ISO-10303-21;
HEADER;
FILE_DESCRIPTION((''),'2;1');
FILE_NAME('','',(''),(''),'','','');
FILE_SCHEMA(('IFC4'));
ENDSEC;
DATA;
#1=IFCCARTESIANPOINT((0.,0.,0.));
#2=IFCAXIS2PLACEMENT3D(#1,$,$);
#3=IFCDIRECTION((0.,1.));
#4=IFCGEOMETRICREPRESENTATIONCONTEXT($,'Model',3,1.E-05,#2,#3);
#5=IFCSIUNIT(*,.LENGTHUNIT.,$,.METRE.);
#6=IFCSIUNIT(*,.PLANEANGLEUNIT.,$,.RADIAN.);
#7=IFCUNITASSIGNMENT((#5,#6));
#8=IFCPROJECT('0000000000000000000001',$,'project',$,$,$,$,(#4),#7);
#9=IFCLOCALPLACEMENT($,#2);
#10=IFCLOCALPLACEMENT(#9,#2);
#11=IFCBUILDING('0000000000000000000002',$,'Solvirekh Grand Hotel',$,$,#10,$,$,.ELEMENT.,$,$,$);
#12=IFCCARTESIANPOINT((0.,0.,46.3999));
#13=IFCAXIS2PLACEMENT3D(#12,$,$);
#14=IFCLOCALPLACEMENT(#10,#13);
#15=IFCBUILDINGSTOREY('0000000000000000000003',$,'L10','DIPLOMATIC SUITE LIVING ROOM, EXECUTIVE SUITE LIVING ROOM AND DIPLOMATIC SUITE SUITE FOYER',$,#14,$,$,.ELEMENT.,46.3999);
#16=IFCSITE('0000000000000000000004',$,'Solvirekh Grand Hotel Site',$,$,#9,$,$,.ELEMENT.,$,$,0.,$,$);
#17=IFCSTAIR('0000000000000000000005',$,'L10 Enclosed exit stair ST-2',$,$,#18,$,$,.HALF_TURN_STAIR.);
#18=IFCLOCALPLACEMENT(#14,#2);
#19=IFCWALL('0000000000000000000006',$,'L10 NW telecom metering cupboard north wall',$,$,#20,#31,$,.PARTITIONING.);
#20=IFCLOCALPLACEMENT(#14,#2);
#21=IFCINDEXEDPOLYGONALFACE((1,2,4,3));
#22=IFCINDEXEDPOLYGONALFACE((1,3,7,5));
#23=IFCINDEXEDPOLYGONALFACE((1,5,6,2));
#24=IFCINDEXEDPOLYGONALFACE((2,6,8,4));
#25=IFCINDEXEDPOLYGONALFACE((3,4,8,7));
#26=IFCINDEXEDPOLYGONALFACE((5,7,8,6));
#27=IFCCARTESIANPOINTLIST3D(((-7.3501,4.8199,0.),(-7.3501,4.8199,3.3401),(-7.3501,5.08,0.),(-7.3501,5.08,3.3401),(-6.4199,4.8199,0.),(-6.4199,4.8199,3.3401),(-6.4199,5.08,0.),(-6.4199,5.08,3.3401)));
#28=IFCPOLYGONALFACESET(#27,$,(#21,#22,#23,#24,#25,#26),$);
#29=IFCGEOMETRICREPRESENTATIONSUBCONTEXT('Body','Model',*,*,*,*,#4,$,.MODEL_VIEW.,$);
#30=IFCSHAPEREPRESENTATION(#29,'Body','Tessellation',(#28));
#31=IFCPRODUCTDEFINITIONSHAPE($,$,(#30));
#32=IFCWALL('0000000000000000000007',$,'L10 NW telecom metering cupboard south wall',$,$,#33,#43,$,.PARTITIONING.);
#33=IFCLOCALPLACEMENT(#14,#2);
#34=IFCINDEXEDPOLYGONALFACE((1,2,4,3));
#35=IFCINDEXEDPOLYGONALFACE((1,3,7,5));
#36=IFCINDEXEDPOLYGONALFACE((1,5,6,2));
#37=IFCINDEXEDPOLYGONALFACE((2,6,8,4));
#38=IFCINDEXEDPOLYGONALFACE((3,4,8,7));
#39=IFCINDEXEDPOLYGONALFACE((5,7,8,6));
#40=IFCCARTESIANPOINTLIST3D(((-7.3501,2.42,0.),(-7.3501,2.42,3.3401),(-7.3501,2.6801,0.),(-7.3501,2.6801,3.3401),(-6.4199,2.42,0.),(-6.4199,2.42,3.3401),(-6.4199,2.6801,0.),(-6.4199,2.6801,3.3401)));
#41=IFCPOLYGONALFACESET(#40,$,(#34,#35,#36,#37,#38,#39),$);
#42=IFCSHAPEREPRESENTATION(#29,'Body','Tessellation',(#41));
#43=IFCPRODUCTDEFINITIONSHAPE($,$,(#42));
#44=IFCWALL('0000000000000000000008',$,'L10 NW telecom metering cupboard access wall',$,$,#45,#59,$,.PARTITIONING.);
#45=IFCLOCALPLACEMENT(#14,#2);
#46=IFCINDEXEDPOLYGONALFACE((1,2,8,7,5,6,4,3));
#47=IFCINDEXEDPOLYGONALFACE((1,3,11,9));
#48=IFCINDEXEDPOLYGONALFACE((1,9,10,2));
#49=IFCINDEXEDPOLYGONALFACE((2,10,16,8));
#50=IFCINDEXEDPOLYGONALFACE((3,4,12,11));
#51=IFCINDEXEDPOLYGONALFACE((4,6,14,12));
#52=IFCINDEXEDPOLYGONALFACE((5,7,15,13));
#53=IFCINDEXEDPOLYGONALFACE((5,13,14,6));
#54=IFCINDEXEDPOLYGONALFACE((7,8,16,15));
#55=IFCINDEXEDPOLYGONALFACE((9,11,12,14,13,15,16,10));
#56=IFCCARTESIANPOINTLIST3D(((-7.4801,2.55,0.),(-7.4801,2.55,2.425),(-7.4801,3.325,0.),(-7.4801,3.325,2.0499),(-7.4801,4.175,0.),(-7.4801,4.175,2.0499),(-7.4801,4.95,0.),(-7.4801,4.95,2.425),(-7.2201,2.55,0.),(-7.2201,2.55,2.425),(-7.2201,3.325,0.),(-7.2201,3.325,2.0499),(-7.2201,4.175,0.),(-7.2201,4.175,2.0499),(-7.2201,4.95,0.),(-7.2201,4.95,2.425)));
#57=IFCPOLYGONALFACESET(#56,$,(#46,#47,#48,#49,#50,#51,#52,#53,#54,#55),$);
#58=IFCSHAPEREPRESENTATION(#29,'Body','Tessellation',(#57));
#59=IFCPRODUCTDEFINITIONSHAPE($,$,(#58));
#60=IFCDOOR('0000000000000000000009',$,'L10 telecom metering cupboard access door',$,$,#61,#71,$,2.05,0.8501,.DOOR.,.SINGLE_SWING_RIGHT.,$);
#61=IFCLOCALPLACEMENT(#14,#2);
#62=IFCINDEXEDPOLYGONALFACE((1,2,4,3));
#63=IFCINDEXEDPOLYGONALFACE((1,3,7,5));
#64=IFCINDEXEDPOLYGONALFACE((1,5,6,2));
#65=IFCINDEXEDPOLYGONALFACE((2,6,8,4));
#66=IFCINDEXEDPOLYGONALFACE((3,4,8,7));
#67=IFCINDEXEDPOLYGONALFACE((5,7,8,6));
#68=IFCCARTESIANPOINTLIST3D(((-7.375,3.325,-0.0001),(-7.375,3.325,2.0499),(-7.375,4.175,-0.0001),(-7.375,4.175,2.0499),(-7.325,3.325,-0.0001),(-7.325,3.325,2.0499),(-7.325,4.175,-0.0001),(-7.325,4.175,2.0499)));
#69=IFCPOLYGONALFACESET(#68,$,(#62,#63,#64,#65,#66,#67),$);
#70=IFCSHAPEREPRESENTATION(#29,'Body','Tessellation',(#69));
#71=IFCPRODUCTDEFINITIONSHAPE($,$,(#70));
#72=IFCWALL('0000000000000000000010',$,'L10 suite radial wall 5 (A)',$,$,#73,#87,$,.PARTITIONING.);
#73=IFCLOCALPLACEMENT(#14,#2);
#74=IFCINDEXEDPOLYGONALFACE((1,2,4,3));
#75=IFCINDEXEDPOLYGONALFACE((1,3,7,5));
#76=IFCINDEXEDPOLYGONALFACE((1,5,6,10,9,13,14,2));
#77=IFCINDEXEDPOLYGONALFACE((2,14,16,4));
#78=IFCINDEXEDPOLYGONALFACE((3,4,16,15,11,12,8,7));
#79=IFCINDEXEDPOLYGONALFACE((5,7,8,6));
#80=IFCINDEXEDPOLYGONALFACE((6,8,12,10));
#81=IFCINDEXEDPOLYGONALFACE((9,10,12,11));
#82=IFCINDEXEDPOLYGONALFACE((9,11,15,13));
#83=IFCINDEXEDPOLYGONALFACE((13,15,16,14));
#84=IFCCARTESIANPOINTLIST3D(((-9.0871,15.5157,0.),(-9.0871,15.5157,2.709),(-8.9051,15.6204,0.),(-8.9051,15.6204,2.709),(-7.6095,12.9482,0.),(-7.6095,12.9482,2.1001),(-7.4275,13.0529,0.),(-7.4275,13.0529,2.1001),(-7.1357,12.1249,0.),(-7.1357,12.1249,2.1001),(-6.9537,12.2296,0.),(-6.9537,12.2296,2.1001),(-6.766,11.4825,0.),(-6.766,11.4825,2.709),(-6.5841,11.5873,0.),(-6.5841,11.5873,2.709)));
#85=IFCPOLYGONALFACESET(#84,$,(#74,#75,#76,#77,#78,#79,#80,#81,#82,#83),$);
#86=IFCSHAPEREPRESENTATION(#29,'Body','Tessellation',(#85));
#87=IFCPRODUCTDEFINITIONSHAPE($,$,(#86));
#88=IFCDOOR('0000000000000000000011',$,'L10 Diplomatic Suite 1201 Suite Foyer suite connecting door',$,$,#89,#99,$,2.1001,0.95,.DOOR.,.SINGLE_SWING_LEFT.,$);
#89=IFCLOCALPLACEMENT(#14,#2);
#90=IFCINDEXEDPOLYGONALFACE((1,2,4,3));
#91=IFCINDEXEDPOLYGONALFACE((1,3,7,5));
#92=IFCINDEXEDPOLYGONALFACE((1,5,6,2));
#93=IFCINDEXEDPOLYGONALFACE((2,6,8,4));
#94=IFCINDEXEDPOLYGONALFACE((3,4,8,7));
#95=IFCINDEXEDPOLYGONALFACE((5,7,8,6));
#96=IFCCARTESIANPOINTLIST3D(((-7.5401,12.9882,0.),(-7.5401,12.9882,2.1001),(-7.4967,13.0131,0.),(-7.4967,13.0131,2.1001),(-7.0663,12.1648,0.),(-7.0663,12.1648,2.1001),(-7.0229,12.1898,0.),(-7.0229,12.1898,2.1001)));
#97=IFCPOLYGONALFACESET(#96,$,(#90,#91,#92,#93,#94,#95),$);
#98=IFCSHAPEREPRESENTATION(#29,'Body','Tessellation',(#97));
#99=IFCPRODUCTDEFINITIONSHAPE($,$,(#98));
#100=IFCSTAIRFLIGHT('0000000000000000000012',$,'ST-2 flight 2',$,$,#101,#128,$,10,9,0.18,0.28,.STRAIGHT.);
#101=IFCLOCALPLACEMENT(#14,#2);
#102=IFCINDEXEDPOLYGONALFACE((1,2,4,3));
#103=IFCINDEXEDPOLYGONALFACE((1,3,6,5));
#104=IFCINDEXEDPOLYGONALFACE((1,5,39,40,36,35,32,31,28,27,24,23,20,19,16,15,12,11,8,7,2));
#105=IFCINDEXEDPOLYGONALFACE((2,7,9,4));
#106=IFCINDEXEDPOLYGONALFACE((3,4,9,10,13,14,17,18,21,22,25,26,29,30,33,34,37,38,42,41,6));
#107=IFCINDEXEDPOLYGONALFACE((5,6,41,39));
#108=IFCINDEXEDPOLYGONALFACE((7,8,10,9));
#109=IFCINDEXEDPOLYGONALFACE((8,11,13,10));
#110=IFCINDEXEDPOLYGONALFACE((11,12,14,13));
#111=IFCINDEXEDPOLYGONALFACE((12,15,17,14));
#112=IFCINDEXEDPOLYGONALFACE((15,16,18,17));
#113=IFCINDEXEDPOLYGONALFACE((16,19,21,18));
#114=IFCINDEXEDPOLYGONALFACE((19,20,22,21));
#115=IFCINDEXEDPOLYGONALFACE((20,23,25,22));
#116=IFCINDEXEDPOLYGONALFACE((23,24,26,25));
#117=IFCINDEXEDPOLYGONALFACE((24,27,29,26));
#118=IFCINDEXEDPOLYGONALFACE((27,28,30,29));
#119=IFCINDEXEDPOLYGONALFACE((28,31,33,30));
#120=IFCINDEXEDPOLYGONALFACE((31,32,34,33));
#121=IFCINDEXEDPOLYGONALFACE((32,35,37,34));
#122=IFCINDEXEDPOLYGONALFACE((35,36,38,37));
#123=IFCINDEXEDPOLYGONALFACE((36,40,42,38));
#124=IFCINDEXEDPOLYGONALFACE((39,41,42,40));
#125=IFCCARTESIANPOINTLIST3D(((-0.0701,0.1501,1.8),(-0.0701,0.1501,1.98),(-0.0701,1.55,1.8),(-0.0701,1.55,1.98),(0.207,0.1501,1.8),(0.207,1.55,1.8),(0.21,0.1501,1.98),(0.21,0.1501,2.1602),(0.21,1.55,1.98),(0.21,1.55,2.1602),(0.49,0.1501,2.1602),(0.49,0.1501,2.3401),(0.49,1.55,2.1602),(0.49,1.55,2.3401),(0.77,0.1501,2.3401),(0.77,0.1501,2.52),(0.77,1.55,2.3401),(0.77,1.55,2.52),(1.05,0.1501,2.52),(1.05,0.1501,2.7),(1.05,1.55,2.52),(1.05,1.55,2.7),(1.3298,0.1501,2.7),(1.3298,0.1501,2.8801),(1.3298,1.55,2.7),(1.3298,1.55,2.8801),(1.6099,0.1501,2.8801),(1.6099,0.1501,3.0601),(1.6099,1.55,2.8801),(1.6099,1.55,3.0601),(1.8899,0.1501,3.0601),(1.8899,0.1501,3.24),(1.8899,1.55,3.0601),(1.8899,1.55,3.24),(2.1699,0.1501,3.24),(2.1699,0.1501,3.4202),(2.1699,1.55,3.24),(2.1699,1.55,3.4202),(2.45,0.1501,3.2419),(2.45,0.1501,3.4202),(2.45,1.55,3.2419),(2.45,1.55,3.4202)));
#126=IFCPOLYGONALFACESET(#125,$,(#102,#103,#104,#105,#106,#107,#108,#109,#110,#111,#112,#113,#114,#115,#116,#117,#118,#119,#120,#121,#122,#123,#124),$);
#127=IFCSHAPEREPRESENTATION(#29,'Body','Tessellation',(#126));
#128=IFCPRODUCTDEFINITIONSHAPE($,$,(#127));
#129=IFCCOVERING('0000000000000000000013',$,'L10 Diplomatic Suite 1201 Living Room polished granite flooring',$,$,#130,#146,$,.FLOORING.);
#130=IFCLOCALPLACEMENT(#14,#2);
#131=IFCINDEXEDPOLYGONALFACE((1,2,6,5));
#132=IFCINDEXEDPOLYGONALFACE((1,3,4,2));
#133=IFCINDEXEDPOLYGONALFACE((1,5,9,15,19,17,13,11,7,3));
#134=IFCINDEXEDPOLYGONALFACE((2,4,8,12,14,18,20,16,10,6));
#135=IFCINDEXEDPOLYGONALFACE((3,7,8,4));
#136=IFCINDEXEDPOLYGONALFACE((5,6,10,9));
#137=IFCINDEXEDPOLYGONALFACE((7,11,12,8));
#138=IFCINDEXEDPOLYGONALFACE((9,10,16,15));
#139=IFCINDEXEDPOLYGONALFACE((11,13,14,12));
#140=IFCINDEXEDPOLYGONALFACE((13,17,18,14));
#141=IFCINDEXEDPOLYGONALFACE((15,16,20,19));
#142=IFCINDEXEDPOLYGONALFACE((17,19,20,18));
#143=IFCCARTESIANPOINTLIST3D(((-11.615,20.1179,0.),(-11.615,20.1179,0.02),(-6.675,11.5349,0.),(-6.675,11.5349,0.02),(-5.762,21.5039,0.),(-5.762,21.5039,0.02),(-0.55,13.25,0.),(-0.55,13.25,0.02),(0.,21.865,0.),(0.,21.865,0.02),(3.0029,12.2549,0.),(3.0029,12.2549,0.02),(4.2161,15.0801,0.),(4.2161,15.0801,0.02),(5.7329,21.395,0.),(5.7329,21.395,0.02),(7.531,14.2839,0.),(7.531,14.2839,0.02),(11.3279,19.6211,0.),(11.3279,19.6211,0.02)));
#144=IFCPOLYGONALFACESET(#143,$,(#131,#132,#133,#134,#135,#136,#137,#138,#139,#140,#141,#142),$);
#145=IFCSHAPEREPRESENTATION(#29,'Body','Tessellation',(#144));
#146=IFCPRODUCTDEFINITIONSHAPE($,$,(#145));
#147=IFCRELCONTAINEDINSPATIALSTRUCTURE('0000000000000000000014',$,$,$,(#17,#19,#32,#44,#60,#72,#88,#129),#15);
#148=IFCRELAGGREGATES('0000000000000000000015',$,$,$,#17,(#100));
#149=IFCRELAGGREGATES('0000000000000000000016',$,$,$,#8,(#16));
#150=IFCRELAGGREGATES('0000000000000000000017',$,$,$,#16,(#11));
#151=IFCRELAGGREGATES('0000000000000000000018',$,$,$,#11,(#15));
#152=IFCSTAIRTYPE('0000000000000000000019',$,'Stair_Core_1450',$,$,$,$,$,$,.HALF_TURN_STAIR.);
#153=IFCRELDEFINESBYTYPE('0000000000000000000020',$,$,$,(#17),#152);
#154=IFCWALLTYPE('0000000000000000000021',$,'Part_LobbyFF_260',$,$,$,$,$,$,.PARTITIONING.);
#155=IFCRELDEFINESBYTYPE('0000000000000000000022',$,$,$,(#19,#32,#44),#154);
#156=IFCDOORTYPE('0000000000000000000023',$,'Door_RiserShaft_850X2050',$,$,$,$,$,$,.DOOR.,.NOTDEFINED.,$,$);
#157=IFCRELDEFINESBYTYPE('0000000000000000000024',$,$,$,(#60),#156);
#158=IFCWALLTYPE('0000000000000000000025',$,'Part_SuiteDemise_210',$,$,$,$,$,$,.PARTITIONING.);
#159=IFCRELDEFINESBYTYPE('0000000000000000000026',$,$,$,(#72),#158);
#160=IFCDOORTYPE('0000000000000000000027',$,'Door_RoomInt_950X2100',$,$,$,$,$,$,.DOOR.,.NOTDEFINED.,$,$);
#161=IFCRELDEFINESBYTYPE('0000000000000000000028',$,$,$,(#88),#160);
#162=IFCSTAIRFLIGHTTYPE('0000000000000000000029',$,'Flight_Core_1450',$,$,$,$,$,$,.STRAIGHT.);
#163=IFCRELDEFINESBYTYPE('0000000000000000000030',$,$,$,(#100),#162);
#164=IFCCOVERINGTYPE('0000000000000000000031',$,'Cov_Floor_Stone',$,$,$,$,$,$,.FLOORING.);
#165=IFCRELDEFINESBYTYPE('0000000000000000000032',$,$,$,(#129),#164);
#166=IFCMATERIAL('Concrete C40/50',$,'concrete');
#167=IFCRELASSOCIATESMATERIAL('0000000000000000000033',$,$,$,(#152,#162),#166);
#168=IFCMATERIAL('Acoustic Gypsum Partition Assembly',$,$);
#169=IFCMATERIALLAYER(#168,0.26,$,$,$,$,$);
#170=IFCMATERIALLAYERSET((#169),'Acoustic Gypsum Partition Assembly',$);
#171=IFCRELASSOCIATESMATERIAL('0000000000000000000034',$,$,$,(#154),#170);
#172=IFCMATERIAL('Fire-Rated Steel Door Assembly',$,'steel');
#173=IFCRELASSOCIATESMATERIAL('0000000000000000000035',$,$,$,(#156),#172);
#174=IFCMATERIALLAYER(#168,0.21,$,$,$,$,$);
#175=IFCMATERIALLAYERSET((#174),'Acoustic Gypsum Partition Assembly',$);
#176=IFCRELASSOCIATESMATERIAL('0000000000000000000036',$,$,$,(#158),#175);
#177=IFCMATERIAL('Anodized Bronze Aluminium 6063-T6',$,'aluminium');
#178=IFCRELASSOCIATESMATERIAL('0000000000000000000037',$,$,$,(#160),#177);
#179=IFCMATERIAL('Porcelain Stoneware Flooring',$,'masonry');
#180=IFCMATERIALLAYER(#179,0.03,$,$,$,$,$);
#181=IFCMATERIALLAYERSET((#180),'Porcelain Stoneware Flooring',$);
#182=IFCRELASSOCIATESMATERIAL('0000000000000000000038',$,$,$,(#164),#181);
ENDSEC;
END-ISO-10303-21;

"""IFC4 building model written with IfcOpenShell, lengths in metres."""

from ifc_helpers import new_model, si_unit, direction, frame, frame_2d, origin, place, context, subcontext, project, spatial, polyline, rectangle, outline, extrude, material, layer, layer_set, type_object, element, fill, aggregate, save


model = new_model("IFC4")

# Units and contexts
model_context = context("Model", 3, precision=1e-05, world=origin(), true_north=direction((0.0, 1.0)))
body_context = subcontext(model_context, "Body", "Model", "MODEL_VIEW")
ifc_project = project(units=[si_unit("LENGTHUNIT", "METRE"), si_unit("PLANEANGLEUNIT", "RADIAN")], contexts=[model_context])

# Site, building, storey
site_placement = place(None, origin())
site = spatial("IfcSite", under=ifc_project, at=site_placement, Name="Solvirekh Grand Hotel Site", CompositionType="ELEMENT", RefElevation=0.0)
building_placement = place(site_placement, origin())
building = spatial("IfcBuilding", under=site, at=building_placement, Name="Solvirekh Grand Hotel", CompositionType="ELEMENT")
storey_placement = place(building_placement, frame((0.0, 0.0, 46.3999)))
storey = spatial("IfcBuildingStorey", under=building, at=storey_placement, Name="L10", Description="DIPLOMATIC SUITE LIVING ROOM, EXECUTIVE SUITE LIVING ROOM AND DIPLOMATIC SUITE SUITE FOYER", CompositionType="ELEMENT", Elevation=46.3999)

# Stair
ifc_material_1 = material(Name="Concrete C40/50", Category="concrete")
stair_type = type_object("IfcStairType", Name="Stair_Core_1450", PredefinedType="HALF_TURN_STAIR", material=ifc_material_1)
stair_1_placement = place(storey_placement, origin())
stair_1 = element("IfcStair", 1, at=stair_1_placement, inside=storey, type_object=stair_type, Name="L10 Enclosed exit stair ST-2", PredefinedType="HALF_TURN_STAIR")

# Shared definitions
ifc_material_2 = material(Name="Fire-Rated Steel Door Assembly", Category="steel")

# Walls
ifc_material_3 = material(Name="Acoustic Gypsum Partition Assembly")
ifc_layer_1 = layer(ifc_material_3, 0.26)
ifc_layer_set_1 = layer_set([ifc_layer_1], Name="Acoustic Gypsum Partition Assembly")
wall_type_1 = type_object("IfcWallType", Name="Part_LobbyFF_260", PredefinedType="PARTITIONING", material=ifc_layer_set_1)
for number, where, z_axis, x_axis, name in (
    (2, (-7.3501, 4.95, 0.0), (0.0, 0.0, 1.0), (1.0, 0.0, 0.0), "L10 NW telecom metering cupboard north wall"),
    (3, (-7.3501, 2.55, 0.0), (0.0, 0.0, 1.0), (1.0, 0.0, 0.0), "L10 NW telecom metering cupboard south wall"),
):
    element("IfcWall", number, at=place(storey_placement, frame(where, z_axis=z_axis, x_axis=x_axis)), inside=storey, type_object=wall_type_1, Name=name, PredefinedType="PARTITIONING", context=body_context, shape_type="SweptSolid", body=[
        extrude(rectangle(XDim=0.9302, YDim=0.26, at=frame_2d((0.4651, 0.0))), origin(), (0.0, 0.0, 1.0), 3.3401),
    ])

# Walls, openings, doors
wall_1_placement = place(storey_placement, frame((-7.3501, 2.55, 0.0), z_axis=(0.0, 0.0, 1.0), x_axis=(0.0, 1.0, 0.0)))
wall_1 = element("IfcWall", 4, at=wall_1_placement, inside=storey, type_object=wall_type_1, Name="L10 NW telecom metering cupboard access wall", PredefinedType="PARTITIONING", context=body_context, shape_type="SweptSolid", body=[
    extrude(rectangle(XDim=2.3999, YDim=0.26, at=frame_2d((1.2, 0.0))), origin(), (0.0, 0.0, 1.0), 2.425),
])
opening_1_placement = place(wall_1_placement, frame((0.7749, 0.0, 0.0)))
opening_1 = element("IfcOpeningElement", 5, at=opening_1_placement, cuts=wall_1, PredefinedType="OPENING", context=body_context, shape_type="SweptSolid", body=[
    extrude(rectangle(XDim=0.8501, YDim=2.05, at=frame_2d((0.425, 1.0249))), frame((0.0, 0.1401, 0.0), z_axis=(0.0, -1.0, 0.0), x_axis=(1.0, 0.0, 0.0)), (0.0, 0.0, 1.0), 0.28),
])
door_type_1 = type_object("IfcDoorType", Name="Door_RiserShaft_850X2050", OperationType="NOTDEFINED", PredefinedType="DOOR", material=ifc_material_2)
door_1_placement = place(opening_1_placement, origin())
door_1 = element("IfcDoor", 6, at=door_1_placement, inside=storey, type_object=door_type_1, Name="L10 telecom metering cupboard access door", OperationType="SINGLE_SWING_RIGHT", OverallHeight=2.05, OverallWidth=0.8501, PredefinedType="DOOR", context=body_context, shape_type="SweptSolid", body=[
    extrude(rectangle(XDim=0.8501, YDim=2.05, at=frame_2d((0.425, 1.0249))), frame((0.0, 0.0249, 0.0), z_axis=(0.0, -1.0, 0.0), x_axis=(1.0, 0.0, 0.0)), (0.0, 0.0, 1.0), 0.05),
])
fill(opening_1, door_1)
ifc_layer_2 = layer(ifc_material_3, 0.21)
ifc_layer_set_2 = layer_set([ifc_layer_2], Name="Acoustic Gypsum Partition Assembly")
wall_type_2 = type_object("IfcWallType", Name="Part_SuiteDemise_210", PredefinedType="PARTITIONING", material=ifc_layer_set_2)
wall_2_placement = place(storey_placement, frame((-6.675, 11.5349, 0.0), z_axis=(0.0, 0.0, 1.0), x_axis=(-0.498787, 0.866725, 0.0)))
wall_2 = element("IfcWall", 7, at=wall_2_placement, inside=storey, type_object=wall_type_2, Name="L10 suite radial wall 5 (A)", PredefinedType="PARTITIONING", context=body_context, shape_type="SweptSolid", body=[
    extrude(rectangle(XDim=4.6533, YDim=0.21, at=frame_2d((2.3267, 0.0))), origin(), (0.0, 0.0, 1.0), 2.709),
])
opening_2_placement = place(wall_2_placement, frame((0.741, 0.0, 0.0)))
opening_2 = element("IfcOpeningElement", 8, at=opening_2_placement, cuts=wall_2, PredefinedType="OPENING", context=body_context, shape_type="SweptSolid", body=[
    extrude(rectangle(XDim=0.95, YDim=2.1001, at=frame_2d((0.4751, 1.05))), frame((0.0, 0.115, 0.0), z_axis=(0.0, -1.0, 0.0), x_axis=(1.0, 0.0, 0.0)), (0.0, 0.0, 1.0), 0.23),
])
ifc_material_4 = material(Name="Anodized Bronze Aluminium 6063-T6", Category="aluminium")
door_type_2 = type_object("IfcDoorType", Name="Door_RoomInt_950X2100", OperationType="NOTDEFINED", PredefinedType="DOOR", material=ifc_material_4)
door_2_placement = place(opening_2_placement, origin())
door_2 = element("IfcDoor", 9, at=door_2_placement, inside=storey, type_object=door_type_2, Name="L10 Diplomatic Suite 1201 Suite Foyer suite connecting door", OperationType="SINGLE_SWING_LEFT", OverallHeight=2.1001, OverallWidth=0.95, PredefinedType="DOOR", context=body_context, shape_type="SweptSolid", body=[
    extrude(rectangle(XDim=0.95, YDim=2.1001, at=frame_2d((0.4751, 1.05))), frame((0.0, 0.0249, 0.0), z_axis=(0.0, -1.0, 0.0), x_axis=(1.0, 0.0, 0.0)), (0.0, 0.0, 1.0), 0.05),
])
fill(opening_2, door_2)

# Stair flight
stair_flight_type = type_object("IfcStairFlightType", Name="Flight_Core_1450", PredefinedType="STRAIGHT", material=ifc_material_1)
stair_flight_placement = place(storey_placement, frame((-0.0701, 0.8501, 1.8), z_axis=(0.0, 0.0, 1.0), x_axis=(1.0, 0.0, 0.0)))
stair_flight = element("IfcStairFlight", 10, at=stair_flight_placement, type_object=stair_flight_type, Name="ST-2 flight 2", NumberOfRisers=10, NumberOfTreads=9, PredefinedType="STRAIGHT", RiserHeight=0.18, TreadLength=0.28, context=body_context, shape_type="SweptSolid", body=[
    extrude(outline(polyline([(0.0, 0.0), (0.0, 0.1799), (0.28, 0.1799), (0.28, 0.3601), (0.5601, 0.3601), (0.5601, 0.54), (0.8401, 0.54), (0.8401, 0.72), (1.1201, 0.72), (1.1201, 0.8999), (1.3999, 0.8999), (1.3999, 1.0801), (1.6799, 1.0801), (1.6799, 1.26), (1.96, 1.26), (1.96, 1.4399), (2.24, 1.4399), (2.24, 1.6201), (2.52, 1.6201), (2.52, 1.8), (2.52, 1.4419), (0.2771, 0.0), (0.0, 0.0)])), frame((0.0, 0.7, 0.0), z_axis=(0.0, -1.0, 0.0), x_axis=(1.0, 0.0, 0.0)), (0.0, 0.0, 1.0), 1.3999),
])
aggregate(stair_1, [stair_flight])

# Covering
ifc_material_5 = material(Name="Porcelain Stoneware Flooring", Category="masonry")
ifc_layer_3 = layer(ifc_material_5, 0.03)
ifc_layer_set_3 = layer_set([ifc_layer_3], Name="Porcelain Stoneware Flooring")
covering_type = type_object("IfcCoveringType", Name="Cov_Floor_Stone", PredefinedType="FLOORING", material=ifc_layer_set_3)
covering_placement = place(storey_placement, origin())
element("IfcCovering", 11, at=covering_placement, inside=storey, type_object=covering_type, Name="L10 Diplomatic Suite 1201 Living Room polished granite flooring", PredefinedType="FLOORING", context=body_context, shape_type="SweptSolid", body=[
    extrude(outline(polyline([(4.2161, 15.0801), (7.531, 14.2839), (11.3279, 19.6211), (5.7329, 21.395), (0.0, 21.865), (-5.762, 21.5039), (-11.615, 20.1179), (-6.675, 11.5349), (-0.55, 13.25), (3.0029, 12.2549), (4.2161, 15.0801)])), origin(), (0.0, 0.0, 1.0), 0.02),
])

save(model, "model.ifc")
